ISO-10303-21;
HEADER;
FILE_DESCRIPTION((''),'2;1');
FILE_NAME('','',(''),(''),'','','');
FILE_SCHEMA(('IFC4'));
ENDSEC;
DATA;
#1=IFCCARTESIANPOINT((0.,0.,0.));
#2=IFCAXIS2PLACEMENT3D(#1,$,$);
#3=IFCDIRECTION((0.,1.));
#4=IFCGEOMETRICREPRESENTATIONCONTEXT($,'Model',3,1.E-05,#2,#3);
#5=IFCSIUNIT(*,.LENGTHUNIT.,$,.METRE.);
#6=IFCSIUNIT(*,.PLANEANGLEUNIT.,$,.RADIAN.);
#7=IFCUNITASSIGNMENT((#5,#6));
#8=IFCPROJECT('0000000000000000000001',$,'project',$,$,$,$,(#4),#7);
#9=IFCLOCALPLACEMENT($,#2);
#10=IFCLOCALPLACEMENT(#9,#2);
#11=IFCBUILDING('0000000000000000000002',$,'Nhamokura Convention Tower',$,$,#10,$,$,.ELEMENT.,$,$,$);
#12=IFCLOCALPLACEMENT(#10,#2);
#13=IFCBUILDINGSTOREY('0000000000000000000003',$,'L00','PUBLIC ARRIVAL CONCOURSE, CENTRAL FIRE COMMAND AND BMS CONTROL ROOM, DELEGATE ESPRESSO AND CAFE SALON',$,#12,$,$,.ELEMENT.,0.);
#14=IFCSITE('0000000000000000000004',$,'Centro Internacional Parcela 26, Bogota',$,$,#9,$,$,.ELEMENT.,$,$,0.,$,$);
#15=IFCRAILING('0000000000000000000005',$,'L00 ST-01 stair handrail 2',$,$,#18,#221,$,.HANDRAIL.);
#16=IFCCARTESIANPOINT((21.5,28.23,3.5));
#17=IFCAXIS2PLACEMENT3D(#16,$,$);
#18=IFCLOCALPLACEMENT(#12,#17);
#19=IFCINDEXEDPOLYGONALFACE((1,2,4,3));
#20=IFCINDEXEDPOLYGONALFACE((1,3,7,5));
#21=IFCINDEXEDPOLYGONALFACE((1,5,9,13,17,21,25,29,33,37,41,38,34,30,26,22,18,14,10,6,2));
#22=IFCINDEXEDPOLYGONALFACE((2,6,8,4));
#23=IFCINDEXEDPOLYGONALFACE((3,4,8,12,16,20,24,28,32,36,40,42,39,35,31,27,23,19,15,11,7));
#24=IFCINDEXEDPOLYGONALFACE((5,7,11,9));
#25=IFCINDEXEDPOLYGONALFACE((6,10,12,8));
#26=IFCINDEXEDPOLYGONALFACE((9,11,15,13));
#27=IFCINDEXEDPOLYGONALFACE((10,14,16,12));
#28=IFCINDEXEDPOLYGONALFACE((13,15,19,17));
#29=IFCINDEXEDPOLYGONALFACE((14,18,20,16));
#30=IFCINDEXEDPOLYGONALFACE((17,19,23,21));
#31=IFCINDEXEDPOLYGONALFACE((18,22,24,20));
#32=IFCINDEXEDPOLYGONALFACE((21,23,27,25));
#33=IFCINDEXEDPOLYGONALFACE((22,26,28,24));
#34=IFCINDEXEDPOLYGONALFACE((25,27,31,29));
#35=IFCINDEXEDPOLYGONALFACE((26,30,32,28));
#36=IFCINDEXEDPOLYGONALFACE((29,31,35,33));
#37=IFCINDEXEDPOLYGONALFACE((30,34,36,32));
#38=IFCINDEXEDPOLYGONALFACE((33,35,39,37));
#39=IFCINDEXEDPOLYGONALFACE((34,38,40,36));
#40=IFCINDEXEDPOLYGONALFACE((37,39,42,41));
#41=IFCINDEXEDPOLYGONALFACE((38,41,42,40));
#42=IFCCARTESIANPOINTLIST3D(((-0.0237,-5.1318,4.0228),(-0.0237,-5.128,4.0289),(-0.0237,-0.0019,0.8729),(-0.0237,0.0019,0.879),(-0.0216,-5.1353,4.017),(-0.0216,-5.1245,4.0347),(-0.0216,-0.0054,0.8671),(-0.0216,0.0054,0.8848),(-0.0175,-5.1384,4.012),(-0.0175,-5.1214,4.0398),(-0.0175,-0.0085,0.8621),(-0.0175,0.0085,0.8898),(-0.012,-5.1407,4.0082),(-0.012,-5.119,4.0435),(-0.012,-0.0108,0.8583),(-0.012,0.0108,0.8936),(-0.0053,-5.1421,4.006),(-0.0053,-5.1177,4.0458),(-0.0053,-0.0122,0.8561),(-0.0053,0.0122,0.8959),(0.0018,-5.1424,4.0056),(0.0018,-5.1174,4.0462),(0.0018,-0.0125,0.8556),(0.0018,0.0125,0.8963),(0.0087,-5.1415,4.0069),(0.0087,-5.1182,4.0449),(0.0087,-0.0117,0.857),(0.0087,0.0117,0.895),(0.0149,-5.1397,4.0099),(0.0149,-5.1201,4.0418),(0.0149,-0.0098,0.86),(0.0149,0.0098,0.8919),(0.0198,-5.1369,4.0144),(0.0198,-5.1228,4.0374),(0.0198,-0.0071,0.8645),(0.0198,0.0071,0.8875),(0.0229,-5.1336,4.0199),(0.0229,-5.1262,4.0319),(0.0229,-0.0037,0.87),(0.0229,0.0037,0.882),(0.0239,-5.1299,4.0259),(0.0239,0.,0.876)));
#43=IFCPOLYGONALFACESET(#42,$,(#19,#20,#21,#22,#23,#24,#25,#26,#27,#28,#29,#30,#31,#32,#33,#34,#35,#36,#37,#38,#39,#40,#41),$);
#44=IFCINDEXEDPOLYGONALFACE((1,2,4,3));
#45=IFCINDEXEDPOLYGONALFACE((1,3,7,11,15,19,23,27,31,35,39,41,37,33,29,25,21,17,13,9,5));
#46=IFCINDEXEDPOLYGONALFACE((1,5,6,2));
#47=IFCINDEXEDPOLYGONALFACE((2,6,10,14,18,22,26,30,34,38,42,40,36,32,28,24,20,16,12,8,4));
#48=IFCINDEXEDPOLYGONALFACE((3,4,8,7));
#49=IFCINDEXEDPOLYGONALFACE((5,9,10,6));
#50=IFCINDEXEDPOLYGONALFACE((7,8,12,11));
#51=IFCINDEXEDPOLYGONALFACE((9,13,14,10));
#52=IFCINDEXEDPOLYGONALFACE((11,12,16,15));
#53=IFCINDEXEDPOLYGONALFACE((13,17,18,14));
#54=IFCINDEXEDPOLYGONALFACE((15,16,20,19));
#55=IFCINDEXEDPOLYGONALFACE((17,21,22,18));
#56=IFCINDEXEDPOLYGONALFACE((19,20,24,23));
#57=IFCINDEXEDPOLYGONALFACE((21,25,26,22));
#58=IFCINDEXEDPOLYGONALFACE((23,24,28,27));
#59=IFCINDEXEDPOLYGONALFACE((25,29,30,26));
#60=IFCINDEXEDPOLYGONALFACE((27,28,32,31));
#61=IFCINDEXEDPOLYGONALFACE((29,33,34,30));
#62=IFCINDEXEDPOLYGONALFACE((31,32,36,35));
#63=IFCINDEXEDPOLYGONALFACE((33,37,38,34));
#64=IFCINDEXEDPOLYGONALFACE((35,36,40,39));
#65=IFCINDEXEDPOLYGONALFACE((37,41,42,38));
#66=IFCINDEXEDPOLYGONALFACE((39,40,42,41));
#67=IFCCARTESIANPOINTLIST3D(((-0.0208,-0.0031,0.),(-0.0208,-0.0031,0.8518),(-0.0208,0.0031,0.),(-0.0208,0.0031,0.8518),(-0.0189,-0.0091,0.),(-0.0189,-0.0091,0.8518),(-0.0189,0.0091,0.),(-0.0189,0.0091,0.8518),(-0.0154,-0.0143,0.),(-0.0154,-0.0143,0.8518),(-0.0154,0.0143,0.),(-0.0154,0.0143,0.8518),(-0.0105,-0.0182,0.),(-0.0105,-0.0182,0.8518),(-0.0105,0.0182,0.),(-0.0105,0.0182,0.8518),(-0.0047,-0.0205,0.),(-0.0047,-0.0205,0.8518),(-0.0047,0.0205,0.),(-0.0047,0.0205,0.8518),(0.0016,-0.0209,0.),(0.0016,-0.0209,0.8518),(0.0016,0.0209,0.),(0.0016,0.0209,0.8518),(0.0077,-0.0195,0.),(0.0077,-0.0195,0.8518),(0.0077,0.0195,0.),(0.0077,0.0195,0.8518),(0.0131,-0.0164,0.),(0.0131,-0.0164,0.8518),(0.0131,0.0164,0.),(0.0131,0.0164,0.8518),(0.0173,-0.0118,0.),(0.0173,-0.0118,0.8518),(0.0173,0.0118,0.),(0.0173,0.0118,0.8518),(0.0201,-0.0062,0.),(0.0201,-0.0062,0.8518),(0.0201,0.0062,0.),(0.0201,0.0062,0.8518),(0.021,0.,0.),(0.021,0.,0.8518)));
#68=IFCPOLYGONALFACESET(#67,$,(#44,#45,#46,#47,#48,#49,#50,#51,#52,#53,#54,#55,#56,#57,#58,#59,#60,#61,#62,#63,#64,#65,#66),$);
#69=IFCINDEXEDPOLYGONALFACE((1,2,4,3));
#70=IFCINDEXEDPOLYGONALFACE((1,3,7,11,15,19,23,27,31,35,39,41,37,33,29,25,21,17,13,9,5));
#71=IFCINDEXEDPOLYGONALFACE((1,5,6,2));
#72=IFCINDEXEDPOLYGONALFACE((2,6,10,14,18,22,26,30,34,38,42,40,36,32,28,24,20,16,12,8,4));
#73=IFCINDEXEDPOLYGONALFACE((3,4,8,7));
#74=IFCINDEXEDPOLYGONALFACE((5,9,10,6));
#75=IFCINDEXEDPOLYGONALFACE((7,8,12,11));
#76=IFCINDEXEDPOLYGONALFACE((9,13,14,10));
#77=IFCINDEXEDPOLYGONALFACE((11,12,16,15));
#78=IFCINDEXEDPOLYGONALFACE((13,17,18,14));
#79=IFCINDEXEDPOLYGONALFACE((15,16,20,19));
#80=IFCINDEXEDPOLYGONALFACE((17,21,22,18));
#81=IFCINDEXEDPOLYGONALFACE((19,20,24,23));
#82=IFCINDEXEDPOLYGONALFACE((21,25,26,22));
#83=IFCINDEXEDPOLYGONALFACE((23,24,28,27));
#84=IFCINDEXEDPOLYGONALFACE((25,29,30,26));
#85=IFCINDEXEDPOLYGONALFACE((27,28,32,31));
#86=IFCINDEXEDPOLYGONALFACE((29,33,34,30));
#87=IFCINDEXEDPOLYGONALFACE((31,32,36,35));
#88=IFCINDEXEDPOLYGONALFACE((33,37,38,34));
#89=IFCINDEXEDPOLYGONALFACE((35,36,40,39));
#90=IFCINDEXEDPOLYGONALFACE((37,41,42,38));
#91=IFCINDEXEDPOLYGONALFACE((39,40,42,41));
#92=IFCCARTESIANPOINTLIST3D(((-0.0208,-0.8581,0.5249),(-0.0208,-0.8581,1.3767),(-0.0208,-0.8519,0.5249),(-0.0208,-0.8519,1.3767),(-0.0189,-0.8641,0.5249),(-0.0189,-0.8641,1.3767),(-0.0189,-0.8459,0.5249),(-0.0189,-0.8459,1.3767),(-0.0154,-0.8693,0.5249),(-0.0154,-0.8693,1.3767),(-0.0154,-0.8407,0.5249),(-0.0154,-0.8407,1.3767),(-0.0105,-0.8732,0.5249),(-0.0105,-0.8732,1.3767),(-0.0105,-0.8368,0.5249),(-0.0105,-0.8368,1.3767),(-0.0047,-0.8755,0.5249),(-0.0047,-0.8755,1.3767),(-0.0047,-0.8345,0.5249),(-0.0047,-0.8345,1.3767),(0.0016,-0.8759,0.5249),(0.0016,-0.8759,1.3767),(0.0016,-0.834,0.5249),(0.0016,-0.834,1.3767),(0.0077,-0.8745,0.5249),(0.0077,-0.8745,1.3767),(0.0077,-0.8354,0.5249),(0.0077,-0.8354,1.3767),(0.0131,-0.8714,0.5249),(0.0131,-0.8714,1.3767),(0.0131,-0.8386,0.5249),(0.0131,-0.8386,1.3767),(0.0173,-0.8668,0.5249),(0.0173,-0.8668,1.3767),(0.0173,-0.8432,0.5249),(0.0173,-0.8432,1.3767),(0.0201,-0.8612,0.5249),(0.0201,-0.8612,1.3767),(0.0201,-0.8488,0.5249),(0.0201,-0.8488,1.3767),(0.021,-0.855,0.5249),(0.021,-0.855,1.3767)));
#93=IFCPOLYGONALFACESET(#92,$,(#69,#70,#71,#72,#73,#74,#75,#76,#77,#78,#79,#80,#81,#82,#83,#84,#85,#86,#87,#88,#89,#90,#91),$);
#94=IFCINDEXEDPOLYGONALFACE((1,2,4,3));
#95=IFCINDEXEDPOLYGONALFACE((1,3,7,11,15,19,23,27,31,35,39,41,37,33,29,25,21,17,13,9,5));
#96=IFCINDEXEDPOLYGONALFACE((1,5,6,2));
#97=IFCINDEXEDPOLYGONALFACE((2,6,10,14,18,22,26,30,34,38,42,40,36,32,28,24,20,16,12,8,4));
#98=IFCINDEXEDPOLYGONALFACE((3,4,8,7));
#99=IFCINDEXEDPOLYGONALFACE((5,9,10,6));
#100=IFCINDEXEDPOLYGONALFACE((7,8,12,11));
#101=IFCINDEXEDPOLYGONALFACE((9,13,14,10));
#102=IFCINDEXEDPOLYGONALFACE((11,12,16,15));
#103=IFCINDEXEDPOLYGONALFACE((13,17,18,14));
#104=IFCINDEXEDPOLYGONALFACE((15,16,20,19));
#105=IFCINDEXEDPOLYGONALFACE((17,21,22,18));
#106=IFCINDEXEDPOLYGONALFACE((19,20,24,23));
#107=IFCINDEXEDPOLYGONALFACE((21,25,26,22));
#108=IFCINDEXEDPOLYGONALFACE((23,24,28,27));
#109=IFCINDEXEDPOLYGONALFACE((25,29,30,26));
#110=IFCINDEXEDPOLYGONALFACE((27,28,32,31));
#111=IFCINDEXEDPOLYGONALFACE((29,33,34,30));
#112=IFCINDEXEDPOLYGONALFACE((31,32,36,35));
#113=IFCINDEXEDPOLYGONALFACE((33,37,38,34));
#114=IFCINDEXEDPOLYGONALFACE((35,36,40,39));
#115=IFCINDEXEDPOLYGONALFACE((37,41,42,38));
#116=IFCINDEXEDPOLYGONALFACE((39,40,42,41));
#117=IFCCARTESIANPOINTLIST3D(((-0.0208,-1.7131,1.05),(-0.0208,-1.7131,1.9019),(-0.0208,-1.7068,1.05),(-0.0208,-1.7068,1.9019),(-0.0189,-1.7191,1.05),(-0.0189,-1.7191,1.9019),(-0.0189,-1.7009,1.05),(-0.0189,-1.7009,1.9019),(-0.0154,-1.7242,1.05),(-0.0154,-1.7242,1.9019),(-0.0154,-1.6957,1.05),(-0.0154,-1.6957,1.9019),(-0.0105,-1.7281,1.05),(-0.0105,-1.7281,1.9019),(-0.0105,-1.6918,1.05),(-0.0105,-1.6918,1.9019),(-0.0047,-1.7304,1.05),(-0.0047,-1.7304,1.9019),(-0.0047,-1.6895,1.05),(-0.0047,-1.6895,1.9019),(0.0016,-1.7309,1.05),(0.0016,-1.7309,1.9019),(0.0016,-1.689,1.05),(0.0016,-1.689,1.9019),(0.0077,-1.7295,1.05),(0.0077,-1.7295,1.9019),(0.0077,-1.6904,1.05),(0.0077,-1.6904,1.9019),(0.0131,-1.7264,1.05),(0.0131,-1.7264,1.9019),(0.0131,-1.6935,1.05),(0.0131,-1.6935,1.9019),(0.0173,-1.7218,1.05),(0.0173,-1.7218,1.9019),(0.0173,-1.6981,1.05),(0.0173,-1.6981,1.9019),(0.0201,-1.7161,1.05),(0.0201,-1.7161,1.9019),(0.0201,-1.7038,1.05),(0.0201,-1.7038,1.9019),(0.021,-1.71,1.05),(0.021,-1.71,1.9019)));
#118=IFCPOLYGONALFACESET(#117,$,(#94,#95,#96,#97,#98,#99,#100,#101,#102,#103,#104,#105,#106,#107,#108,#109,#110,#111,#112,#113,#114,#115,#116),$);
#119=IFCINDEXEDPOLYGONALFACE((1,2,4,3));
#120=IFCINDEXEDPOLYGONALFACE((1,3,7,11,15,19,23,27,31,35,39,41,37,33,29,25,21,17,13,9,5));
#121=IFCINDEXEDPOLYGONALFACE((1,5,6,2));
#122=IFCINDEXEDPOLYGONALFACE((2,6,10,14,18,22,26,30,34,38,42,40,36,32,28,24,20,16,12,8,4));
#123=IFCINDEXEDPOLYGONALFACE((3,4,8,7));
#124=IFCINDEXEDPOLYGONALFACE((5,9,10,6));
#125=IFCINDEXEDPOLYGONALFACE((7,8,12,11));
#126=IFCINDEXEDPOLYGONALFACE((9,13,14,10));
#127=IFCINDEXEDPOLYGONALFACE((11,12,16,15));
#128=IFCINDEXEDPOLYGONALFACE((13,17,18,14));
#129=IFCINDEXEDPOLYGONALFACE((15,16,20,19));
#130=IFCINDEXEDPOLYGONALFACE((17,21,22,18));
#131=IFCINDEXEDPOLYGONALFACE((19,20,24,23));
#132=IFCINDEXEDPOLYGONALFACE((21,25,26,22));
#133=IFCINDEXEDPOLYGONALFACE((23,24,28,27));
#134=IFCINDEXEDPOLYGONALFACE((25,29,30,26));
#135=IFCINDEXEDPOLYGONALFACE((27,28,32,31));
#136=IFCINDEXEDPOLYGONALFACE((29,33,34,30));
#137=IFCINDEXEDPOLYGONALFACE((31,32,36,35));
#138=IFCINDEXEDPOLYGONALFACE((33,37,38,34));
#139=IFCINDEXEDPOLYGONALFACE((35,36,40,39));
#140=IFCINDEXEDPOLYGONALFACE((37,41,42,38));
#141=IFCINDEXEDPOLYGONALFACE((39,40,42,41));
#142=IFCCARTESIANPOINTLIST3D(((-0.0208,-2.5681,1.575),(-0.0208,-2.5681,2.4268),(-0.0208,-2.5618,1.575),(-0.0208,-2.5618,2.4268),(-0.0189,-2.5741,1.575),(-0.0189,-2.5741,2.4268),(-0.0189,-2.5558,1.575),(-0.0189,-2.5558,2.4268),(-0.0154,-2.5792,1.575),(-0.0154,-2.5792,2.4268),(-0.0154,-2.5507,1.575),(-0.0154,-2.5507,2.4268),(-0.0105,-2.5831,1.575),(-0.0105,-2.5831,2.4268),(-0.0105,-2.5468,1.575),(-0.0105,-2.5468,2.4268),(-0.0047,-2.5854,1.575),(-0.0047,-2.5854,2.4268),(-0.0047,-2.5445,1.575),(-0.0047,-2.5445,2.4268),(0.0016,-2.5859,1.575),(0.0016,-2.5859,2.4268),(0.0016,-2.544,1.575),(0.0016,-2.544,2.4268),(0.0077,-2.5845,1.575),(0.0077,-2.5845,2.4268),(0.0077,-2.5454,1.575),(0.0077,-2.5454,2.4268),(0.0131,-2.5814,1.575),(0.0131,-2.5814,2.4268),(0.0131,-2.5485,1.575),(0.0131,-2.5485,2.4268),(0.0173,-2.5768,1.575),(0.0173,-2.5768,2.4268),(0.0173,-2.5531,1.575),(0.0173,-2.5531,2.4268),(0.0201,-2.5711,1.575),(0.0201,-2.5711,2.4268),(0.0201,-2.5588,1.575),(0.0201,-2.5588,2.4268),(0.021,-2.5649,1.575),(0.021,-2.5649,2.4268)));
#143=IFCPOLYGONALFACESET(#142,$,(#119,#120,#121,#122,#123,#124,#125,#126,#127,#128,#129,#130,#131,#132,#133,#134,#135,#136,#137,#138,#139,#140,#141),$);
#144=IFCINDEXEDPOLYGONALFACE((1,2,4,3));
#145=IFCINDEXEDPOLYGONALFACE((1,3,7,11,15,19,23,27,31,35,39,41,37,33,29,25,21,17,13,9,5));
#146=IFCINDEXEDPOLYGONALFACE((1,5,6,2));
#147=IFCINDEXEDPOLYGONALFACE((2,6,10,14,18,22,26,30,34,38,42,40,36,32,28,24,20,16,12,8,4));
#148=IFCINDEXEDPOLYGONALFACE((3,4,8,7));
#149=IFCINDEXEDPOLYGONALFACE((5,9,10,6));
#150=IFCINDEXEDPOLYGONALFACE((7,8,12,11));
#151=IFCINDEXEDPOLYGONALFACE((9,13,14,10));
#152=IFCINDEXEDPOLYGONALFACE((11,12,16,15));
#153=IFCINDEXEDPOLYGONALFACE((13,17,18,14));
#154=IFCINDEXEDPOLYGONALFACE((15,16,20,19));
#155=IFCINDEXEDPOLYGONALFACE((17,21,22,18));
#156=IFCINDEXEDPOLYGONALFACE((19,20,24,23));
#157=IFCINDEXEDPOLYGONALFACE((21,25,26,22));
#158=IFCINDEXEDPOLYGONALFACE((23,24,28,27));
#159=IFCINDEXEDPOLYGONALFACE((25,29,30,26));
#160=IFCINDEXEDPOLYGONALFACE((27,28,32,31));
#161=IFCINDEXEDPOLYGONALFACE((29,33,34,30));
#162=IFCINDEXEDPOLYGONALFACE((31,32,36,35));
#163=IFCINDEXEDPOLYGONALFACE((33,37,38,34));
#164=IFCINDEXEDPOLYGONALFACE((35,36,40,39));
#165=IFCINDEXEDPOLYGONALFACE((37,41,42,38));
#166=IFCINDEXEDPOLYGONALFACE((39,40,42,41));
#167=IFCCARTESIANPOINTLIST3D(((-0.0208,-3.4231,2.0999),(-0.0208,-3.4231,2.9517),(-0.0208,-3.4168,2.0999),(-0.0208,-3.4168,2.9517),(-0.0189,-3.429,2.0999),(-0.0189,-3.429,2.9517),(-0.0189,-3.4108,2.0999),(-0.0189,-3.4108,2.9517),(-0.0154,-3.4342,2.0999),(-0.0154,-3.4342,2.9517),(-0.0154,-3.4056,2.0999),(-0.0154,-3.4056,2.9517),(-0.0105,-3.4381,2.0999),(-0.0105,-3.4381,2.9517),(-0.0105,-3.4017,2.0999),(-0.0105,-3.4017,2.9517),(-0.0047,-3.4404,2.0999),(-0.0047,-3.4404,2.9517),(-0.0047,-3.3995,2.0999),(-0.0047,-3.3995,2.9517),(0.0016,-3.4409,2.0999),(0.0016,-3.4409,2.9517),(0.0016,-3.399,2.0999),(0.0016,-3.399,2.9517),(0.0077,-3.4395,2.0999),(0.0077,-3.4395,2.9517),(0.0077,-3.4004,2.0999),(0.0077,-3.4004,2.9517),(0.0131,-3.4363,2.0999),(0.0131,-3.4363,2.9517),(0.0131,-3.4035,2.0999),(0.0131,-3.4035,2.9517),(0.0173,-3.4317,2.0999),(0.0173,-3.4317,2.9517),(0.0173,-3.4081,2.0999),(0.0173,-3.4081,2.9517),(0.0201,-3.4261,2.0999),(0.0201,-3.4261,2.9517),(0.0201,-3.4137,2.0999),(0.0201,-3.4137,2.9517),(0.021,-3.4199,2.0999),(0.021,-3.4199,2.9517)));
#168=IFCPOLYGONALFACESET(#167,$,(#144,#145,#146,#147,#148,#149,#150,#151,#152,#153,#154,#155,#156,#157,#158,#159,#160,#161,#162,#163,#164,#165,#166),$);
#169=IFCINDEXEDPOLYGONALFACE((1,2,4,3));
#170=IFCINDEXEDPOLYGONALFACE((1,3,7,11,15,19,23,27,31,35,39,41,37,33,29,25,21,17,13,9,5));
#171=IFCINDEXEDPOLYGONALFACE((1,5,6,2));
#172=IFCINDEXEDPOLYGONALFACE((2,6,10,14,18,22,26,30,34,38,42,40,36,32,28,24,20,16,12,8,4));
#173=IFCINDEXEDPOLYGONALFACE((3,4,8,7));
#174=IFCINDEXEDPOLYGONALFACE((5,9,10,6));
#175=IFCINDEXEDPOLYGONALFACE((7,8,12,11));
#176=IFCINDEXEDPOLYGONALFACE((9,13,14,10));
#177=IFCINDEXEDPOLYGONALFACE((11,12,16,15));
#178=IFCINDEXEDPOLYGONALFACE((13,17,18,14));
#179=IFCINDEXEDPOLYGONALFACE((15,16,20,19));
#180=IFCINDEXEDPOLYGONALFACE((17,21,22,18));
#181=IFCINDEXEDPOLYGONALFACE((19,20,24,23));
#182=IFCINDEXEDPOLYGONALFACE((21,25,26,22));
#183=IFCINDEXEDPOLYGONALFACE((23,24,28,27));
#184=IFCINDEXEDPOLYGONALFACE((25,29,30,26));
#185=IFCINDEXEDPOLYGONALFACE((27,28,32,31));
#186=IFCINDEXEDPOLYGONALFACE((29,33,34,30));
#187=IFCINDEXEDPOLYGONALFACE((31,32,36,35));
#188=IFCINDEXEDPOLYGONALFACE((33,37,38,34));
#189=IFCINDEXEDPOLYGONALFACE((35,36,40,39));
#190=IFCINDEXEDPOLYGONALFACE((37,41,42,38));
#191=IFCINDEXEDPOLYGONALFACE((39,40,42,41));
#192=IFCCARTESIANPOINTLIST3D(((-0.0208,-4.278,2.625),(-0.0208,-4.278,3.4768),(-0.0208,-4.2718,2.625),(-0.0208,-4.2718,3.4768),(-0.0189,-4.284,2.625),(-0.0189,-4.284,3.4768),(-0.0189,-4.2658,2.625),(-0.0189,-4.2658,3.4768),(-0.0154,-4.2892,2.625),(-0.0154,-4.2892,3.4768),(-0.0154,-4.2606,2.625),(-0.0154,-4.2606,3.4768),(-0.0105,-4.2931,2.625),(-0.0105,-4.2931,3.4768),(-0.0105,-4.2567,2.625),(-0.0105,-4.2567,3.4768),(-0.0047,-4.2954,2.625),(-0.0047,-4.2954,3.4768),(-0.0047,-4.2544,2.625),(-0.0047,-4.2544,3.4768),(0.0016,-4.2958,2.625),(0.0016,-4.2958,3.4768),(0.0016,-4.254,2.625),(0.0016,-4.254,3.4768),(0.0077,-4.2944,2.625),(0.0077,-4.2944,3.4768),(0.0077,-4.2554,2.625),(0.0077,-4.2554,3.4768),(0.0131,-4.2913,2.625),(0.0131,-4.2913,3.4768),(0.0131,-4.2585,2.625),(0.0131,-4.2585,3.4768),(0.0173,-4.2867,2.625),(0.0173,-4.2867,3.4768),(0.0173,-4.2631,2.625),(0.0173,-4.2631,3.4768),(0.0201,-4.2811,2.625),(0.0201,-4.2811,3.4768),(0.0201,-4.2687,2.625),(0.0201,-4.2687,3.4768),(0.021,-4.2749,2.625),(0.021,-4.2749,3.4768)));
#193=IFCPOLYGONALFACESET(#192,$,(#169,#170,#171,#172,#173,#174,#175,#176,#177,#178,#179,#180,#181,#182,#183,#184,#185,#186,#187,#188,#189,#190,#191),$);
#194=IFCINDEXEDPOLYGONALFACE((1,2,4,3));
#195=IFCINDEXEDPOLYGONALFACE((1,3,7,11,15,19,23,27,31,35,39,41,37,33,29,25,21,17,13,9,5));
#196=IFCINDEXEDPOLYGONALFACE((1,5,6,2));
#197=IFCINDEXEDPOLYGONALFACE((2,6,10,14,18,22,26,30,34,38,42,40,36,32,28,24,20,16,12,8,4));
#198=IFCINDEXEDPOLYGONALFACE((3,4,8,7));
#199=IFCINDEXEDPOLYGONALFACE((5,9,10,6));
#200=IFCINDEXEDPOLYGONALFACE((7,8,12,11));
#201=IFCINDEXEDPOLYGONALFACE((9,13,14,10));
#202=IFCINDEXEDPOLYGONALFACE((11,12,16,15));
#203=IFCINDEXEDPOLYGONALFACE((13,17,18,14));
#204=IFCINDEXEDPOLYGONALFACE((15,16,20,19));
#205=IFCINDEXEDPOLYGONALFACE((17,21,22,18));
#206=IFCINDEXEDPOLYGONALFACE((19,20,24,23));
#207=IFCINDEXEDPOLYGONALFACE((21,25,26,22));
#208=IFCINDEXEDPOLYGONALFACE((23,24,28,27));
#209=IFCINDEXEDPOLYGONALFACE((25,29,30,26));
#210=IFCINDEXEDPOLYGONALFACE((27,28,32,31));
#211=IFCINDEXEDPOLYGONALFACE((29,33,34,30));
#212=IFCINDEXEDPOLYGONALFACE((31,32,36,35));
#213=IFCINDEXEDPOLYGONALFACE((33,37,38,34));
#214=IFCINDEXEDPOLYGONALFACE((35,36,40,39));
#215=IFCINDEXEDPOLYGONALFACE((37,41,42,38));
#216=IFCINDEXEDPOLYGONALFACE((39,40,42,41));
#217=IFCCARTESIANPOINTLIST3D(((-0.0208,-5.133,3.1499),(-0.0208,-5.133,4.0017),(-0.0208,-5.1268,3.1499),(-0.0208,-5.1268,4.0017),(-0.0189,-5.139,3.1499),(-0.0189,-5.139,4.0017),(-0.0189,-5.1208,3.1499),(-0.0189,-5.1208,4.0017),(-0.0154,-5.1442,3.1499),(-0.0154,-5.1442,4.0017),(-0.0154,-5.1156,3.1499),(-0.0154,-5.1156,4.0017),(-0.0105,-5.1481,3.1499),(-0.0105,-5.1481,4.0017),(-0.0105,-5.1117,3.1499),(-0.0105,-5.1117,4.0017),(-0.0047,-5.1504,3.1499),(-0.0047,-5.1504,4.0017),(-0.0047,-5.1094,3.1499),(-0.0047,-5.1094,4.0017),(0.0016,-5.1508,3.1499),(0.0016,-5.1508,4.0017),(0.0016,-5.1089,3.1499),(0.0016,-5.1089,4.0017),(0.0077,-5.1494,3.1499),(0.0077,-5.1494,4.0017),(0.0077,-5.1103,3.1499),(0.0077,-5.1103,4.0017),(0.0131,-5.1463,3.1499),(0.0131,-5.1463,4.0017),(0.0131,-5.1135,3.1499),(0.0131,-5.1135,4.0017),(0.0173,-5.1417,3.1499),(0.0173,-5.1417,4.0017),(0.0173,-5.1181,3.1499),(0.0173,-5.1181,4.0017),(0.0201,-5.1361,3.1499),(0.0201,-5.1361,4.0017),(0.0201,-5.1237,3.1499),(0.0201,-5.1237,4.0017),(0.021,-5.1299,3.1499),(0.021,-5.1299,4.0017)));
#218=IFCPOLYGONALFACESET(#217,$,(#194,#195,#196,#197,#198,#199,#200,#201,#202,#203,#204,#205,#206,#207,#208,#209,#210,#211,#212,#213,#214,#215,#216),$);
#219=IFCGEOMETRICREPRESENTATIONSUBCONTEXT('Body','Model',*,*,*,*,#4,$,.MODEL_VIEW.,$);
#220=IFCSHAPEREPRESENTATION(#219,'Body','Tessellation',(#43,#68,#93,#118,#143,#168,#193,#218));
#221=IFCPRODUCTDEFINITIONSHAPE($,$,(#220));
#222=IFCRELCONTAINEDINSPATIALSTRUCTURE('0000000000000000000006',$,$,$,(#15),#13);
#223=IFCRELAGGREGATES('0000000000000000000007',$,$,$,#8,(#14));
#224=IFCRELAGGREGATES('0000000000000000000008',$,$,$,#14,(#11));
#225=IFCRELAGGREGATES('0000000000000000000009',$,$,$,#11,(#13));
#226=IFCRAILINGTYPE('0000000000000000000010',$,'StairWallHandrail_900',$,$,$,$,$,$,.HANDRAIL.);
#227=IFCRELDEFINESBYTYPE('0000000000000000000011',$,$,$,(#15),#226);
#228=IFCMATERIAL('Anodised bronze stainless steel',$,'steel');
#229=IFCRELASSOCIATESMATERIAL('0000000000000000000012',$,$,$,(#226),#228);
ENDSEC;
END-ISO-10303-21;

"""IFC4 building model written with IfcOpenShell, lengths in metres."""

from ifc_helpers import new_model, si_unit, direction, frame, origin, origin_2d, place, context, subcontext, project, spatial, circle, extrude, material, type_object, element, save


model = new_model("IFC4")

# Units and contexts
model_context = context("Model", 3, precision=1e-05, world=origin(), true_north=direction((0.0, 1.0)))
body_context = subcontext(model_context, "Body", "Model", "MODEL_VIEW")
ifc_project = project(units=[si_unit("LENGTHUNIT", "METRE"), si_unit("PLANEANGLEUNIT", "RADIAN")], contexts=[model_context])

# Site, building, storey
site_placement = place(None, origin())
site = spatial("IfcSite", under=ifc_project, at=site_placement, Name="Centro Internacional Parcela 26, Bogota", CompositionType="ELEMENT", RefElevation=0.0)
building_placement = place(site_placement, origin())
building = spatial("IfcBuilding", under=site, at=building_placement, Name="Nhamokura Convention Tower", CompositionType="ELEMENT")
storey_placement = place(building_placement, origin())
storey = spatial("IfcBuildingStorey", under=building, at=storey_placement, Name="L00", Description="PUBLIC ARRIVAL CONCOURSE, CENTRAL FIRE COMMAND AND BMS CONTROL ROOM, DELEGATE ESPRESSO AND CAFE SALON", CompositionType="ELEMENT", Elevation=0.0)

# Railing
ifc_material_1 = material(Name="Anodised bronze stainless steel", Category="steel")
railing_type_1 = type_object("IfcRailingType", Name="StairWallHandrail_900", PredefinedType="HANDRAIL", material=ifc_material_1)
railing_1_placement = place(storey_placement, frame((21.5, 28.23, 3.5)))
element("IfcRailing", 1, at=railing_1_placement, inside=storey, type_object=railing_type_1, Name="L00 ST-01 stair handrail 2", PredefinedType="HANDRAIL", context=body_context, shape_type="SweptSolid", body=[
    extrude(circle(Radius=0.0239, at=origin_2d()), frame((0.0, 0.0, 0.876), z_axis=(0.0, -0.852173, 0.52326), x_axis=(1.0, 0.0, 0.0)), (0.0, 0.0, 1.0), 6.0198),
    extrude(circle(Radius=0.021, at=origin_2d()), origin(), (0.0, 0.0, 1.0), 0.8518),
    extrude(circle(Radius=0.021, at=origin_2d()), frame((0.0, -0.855, 0.5249)), (0.0, 0.0, 1.0), 0.8518),
    extrude(circle(Radius=0.021, at=origin_2d()), frame((0.0, -1.71, 1.05)), (0.0, 0.0, 1.0), 0.8518),
    extrude(circle(Radius=0.021, at=origin_2d()), frame((0.0, -2.5649, 1.575)), (0.0, 0.0, 1.0), 0.8518),
    extrude(circle(Radius=0.021, at=origin_2d()), frame((0.0, -3.4199, 2.0999)), (0.0, 0.0, 1.0), 0.8518),
    extrude(circle(Radius=0.021, at=origin_2d()), frame((0.0, -4.2749, 2.625)), (0.0, 0.0, 1.0), 0.8518),
    extrude(circle(Radius=0.021, at=origin_2d()), frame((0.0, -5.1299, 3.1499)), (0.0, 0.0, 1.0), 0.8518),
])

save(model, "model.ifc")
